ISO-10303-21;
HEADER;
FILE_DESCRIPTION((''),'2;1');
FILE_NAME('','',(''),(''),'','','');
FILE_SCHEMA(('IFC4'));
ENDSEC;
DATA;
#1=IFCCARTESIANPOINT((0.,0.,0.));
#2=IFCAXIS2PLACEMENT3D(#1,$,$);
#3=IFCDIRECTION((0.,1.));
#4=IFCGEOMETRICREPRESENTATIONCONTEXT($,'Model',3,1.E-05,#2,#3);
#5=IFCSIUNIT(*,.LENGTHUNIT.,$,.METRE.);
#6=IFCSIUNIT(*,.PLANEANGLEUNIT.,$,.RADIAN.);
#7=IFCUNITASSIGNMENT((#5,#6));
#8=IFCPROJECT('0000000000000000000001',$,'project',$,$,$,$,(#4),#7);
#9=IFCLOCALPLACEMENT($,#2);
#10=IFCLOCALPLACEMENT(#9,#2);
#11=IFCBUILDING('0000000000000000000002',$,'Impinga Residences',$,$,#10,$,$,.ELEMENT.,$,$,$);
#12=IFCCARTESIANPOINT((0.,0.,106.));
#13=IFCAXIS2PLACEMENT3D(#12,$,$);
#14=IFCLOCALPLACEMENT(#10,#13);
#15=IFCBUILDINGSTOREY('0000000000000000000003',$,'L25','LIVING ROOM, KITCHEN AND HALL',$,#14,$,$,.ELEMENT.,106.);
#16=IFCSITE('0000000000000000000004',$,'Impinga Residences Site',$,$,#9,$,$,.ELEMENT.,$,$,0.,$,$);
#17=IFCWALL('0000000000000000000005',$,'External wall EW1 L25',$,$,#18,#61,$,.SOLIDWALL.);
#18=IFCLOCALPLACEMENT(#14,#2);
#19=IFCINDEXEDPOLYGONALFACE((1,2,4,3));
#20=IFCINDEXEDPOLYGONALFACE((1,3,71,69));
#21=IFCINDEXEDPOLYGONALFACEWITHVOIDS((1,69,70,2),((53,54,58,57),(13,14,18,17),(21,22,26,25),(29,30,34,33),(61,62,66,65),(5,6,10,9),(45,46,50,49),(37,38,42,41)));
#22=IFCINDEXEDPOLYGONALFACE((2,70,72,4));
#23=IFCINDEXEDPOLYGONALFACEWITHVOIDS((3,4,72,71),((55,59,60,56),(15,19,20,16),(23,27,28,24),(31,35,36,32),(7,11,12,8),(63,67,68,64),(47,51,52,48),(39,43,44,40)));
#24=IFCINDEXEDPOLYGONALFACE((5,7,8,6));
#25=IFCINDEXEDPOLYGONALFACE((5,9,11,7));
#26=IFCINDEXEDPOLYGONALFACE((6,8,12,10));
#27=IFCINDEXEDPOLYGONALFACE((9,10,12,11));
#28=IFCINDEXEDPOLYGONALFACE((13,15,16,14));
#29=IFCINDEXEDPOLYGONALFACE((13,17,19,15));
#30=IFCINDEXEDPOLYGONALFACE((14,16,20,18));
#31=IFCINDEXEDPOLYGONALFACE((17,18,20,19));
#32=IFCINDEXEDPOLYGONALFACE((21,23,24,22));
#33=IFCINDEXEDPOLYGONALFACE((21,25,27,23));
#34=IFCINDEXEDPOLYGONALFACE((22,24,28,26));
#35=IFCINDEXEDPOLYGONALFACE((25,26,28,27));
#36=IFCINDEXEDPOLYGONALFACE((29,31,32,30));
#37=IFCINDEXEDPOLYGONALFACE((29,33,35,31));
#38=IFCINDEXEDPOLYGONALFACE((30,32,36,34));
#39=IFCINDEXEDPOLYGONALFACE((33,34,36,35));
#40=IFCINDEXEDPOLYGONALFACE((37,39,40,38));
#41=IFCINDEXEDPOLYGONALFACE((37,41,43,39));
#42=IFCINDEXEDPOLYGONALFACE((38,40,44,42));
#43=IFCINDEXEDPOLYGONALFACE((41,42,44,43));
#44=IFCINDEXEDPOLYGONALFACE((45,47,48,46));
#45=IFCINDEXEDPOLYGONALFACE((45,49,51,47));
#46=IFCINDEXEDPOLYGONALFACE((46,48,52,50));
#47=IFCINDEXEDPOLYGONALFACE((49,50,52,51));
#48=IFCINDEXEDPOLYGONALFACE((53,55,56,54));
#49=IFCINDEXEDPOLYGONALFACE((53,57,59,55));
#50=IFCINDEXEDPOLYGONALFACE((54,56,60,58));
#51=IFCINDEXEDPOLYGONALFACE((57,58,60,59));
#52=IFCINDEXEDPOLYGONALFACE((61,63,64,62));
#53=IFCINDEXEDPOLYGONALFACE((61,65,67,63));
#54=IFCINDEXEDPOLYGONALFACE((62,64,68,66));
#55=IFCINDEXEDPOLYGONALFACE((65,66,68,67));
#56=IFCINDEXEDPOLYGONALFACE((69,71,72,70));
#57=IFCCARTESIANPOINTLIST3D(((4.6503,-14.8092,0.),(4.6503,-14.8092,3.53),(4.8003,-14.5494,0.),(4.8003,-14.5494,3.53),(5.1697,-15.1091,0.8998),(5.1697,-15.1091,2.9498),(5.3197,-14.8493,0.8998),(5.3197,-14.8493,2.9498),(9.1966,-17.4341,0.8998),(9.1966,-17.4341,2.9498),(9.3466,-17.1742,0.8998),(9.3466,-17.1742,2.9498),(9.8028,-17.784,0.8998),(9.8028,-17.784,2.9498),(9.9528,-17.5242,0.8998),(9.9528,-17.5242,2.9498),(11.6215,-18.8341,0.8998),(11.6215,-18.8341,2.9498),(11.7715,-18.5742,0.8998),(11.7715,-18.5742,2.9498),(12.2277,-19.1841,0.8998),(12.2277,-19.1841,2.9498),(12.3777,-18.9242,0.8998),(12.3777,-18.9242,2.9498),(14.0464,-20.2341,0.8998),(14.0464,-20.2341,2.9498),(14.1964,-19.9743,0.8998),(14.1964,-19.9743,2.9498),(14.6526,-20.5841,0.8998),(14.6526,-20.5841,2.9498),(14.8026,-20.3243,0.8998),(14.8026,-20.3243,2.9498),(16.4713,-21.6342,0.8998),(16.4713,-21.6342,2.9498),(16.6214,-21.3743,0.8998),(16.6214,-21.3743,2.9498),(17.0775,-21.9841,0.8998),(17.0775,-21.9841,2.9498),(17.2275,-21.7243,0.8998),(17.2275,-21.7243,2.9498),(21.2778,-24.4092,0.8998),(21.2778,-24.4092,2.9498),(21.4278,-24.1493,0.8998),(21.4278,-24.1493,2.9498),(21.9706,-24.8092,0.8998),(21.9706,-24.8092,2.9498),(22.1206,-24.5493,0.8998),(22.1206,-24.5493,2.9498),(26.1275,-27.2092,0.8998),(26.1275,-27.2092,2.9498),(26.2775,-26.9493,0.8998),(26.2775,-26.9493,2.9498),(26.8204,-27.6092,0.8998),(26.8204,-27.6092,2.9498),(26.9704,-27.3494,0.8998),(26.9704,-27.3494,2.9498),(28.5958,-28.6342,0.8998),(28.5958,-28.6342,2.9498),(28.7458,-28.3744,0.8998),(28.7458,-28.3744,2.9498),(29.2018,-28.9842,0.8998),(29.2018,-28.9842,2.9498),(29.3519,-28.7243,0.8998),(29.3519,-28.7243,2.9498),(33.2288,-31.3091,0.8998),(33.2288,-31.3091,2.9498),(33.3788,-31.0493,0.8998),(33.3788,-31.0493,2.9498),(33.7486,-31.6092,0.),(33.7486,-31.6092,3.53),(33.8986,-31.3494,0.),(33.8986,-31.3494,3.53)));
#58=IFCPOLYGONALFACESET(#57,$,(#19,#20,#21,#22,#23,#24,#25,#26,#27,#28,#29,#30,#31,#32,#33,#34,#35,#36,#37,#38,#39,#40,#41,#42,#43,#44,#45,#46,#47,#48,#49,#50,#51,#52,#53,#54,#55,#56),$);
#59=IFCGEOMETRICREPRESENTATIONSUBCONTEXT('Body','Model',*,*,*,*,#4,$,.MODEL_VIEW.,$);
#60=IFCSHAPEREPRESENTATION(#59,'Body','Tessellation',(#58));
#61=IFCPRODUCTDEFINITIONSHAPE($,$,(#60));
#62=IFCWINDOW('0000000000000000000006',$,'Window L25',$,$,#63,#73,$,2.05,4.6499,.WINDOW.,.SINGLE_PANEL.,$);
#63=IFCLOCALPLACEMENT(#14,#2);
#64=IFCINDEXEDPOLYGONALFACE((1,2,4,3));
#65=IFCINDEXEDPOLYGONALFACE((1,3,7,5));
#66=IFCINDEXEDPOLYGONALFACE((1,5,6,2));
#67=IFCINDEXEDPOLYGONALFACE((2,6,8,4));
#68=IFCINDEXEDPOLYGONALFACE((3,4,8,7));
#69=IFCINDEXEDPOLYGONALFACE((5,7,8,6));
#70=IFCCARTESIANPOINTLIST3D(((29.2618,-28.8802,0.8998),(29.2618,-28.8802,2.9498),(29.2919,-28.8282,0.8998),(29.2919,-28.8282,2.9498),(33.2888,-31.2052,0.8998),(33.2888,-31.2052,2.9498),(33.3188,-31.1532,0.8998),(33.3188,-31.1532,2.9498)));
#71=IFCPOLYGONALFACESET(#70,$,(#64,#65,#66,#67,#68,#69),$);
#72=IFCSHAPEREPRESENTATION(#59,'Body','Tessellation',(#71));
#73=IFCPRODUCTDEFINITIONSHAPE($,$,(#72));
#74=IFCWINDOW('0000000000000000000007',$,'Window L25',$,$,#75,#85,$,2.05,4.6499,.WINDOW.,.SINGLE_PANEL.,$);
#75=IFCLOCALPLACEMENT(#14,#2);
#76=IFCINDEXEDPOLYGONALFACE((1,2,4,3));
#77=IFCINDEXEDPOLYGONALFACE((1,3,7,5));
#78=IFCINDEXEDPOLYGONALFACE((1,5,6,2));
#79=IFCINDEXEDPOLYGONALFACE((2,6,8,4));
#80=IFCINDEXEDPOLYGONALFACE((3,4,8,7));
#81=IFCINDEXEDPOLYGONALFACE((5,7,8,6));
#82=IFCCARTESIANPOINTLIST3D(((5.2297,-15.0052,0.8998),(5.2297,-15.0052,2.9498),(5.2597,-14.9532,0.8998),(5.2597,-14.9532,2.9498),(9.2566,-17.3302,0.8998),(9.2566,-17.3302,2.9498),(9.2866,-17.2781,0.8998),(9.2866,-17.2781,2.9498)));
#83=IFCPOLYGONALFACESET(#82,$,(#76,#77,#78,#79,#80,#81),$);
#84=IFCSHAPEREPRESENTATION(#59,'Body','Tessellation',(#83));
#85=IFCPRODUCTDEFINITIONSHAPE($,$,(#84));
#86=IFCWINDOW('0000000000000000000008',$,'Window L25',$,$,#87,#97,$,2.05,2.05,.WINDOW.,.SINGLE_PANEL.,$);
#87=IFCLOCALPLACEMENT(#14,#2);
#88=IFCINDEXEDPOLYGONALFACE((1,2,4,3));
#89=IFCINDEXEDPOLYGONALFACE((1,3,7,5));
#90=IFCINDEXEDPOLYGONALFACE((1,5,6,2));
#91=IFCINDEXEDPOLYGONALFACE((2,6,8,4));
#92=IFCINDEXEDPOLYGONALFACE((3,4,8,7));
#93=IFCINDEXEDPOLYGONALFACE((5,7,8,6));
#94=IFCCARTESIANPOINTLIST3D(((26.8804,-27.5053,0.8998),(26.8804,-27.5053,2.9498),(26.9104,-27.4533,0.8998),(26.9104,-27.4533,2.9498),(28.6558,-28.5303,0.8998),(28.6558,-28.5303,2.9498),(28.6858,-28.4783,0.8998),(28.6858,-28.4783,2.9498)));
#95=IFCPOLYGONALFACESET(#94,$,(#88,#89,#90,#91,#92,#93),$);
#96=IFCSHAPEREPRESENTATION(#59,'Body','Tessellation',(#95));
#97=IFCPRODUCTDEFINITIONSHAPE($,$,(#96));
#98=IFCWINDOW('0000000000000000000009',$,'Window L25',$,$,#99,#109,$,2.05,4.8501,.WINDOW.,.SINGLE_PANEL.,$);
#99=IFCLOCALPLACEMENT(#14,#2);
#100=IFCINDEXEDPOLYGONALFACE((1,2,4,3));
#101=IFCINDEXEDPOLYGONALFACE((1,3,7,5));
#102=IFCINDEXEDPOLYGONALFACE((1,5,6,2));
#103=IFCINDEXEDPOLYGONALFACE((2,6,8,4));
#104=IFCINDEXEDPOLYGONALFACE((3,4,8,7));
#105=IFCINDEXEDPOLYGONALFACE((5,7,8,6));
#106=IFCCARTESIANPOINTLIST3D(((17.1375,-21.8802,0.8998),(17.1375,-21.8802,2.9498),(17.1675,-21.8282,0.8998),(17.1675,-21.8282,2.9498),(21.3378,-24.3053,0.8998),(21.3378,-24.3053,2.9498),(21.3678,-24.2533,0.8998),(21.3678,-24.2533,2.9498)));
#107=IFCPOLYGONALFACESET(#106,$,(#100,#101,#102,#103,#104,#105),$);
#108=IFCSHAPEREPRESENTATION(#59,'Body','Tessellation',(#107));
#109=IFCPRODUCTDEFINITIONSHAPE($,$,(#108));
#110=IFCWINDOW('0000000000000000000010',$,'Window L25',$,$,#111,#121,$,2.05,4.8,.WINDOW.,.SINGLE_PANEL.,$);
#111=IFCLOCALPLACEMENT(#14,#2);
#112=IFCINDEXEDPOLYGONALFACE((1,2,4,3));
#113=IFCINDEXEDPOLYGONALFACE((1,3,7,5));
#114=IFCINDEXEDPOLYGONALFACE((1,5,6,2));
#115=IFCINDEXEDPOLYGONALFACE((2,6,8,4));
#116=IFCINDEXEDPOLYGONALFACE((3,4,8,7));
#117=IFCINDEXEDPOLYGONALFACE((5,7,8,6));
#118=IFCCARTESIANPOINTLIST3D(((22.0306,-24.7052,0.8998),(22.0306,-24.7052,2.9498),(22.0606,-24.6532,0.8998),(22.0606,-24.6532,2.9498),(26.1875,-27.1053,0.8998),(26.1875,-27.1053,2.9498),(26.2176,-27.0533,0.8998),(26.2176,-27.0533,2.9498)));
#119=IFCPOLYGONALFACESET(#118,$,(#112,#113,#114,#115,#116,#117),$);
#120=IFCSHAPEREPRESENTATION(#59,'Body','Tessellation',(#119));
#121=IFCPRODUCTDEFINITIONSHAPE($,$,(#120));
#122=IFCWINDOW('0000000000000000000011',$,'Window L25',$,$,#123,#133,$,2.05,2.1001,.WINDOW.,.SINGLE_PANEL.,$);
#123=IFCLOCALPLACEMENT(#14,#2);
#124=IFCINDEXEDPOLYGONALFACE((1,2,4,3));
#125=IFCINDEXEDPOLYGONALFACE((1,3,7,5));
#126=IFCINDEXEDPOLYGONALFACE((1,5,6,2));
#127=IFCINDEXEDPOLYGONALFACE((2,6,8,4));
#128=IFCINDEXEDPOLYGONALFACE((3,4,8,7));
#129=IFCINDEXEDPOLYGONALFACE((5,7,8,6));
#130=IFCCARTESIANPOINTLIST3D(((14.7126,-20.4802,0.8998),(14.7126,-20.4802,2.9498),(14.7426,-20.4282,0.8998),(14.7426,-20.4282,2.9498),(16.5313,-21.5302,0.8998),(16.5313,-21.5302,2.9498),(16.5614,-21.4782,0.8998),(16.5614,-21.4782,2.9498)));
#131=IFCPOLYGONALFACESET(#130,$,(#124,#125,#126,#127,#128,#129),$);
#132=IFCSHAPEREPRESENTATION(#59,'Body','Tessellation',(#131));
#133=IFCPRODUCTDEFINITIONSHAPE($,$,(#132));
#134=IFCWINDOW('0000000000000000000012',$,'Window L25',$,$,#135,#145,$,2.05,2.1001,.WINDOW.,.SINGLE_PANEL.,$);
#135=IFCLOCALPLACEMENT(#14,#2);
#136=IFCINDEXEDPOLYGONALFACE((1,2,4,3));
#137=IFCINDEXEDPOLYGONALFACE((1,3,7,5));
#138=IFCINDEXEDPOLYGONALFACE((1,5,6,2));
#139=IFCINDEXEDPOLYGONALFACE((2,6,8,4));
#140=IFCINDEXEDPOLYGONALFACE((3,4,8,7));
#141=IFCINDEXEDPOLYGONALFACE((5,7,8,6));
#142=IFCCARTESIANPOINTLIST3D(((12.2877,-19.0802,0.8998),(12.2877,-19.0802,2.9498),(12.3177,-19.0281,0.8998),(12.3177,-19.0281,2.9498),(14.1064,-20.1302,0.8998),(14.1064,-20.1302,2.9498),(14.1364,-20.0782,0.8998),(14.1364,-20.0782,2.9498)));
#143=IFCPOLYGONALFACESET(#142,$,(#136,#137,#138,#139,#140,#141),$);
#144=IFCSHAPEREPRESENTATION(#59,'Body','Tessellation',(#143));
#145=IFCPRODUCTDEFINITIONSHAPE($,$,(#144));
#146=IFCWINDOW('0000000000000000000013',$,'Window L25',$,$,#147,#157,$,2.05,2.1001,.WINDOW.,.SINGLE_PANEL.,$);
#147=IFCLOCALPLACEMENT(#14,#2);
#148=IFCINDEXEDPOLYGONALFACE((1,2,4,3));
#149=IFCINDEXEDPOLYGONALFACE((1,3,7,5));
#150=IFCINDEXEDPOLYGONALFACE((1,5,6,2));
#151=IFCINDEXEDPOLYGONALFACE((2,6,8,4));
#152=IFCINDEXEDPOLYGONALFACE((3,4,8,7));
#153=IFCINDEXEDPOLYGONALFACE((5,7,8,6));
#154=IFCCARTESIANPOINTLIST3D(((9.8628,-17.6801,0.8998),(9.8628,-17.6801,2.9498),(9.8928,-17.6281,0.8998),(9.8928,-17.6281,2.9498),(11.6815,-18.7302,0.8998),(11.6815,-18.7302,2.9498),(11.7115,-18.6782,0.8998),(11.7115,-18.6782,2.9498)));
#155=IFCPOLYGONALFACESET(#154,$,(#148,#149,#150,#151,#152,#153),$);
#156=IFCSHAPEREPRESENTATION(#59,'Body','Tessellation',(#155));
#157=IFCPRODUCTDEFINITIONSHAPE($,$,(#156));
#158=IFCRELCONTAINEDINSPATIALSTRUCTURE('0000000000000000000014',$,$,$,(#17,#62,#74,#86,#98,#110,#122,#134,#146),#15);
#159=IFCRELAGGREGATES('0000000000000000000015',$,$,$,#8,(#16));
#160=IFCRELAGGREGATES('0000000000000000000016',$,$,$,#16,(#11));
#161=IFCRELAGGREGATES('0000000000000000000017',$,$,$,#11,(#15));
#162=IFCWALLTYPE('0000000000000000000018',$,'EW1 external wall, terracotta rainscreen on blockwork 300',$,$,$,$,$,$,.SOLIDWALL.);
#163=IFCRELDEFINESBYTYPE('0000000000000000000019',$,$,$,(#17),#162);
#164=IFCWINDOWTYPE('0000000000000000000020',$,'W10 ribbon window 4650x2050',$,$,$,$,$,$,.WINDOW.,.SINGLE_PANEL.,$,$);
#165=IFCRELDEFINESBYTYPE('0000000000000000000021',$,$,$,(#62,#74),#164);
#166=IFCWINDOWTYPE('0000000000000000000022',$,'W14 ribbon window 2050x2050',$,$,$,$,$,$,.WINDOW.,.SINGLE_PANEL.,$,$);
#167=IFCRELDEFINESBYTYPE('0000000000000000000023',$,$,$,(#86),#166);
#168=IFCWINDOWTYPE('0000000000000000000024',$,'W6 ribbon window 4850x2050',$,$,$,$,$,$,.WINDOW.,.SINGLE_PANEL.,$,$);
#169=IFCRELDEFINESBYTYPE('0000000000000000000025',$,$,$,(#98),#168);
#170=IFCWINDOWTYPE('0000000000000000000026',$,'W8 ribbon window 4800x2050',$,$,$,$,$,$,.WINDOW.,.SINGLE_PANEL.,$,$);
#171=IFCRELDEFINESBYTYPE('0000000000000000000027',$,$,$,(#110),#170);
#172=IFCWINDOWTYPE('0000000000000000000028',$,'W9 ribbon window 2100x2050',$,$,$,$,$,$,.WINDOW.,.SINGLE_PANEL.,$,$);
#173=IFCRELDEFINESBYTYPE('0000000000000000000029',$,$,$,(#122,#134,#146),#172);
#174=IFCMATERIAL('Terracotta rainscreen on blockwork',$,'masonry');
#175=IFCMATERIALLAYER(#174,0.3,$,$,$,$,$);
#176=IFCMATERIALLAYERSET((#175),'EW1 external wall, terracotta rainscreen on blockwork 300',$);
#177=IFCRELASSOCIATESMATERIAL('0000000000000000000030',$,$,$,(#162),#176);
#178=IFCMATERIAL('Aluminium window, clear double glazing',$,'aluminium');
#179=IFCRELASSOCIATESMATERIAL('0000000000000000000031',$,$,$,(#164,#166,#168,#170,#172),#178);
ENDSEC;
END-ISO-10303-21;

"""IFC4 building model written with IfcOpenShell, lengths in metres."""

from ifc_helpers import new_model, si_unit, direction, frame, frame_2d, origin, place, context, subcontext, project, spatial, rectangle, extrude, material, layer, layer_set, type_object, element, fill, save


model = new_model("IFC4")

# Units and contexts
model_context = context("Model", 3, precision=1e-05, world=origin(), true_north=direction((0.0, 1.0)))
body_context = subcontext(model_context, "Body", "Model", "MODEL_VIEW")
ifc_project = project(units=[si_unit("LENGTHUNIT", "METRE"), si_unit("PLANEANGLEUNIT", "RADIAN")], contexts=[model_context])

# Site, building, storey
site_placement = place(None, origin())
site = spatial("IfcSite", under=ifc_project, at=site_placement, Name="Impinga Residences Site", CompositionType="ELEMENT", RefElevation=0.0)
building_placement = place(site_placement, origin())
building = spatial("IfcBuilding", under=site, at=building_placement, Name="Impinga Residences", CompositionType="ELEMENT")
storey_placement = place(building_placement, frame((0.0, 0.0, 106.0)))
storey = spatial("IfcBuildingStorey", under=building, at=storey_placement, Name="L25", Description="LIVING ROOM, KITCHEN AND HALL", CompositionType="ELEMENT", Elevation=106.0)

# Wall, openings, windows
ifc_material_1 = material(Name="Terracotta rainscreen on blockwork", Category="masonry")
ifc_layer_1 = layer(ifc_material_1, 0.3)
ifc_layer_set_1 = layer_set([ifc_layer_1], Name="EW1 external wall, terracotta rainscreen on blockwork 300")
wall_type_1 = type_object("IfcWallType", Name="EW1 external wall, terracotta rainscreen on blockwork 300", PredefinedType="SOLIDWALL", material=ifc_layer_set_1)
wall_1_placement = place(storey_placement, frame((33.8235, -31.4792, 0.0), z_axis=(0.0, 0.0, 1.0), x_axis=(-0.866024, 0.500002, 0.0)))
wall_1 = element("IfcWall", 1, at=wall_1_placement, inside=storey, type_object=wall_type_1, Name="External wall EW1 L25", PredefinedType="SOLIDWALL", context=body_context, shape_type="SweptSolid", body=[
    extrude(rectangle(XDim=33.5999, YDim=0.3, at=frame_2d((16.7998, 0.0))), origin(), (0.0, 0.0, 1.0), 3.53),
])
opening_1_placement = place(wall_1_placement, frame((0.6001, 0.0, 0.8999)))
opening_1 = element("IfcOpeningElement", 2, at=opening_1_placement, cuts=wall_1, PredefinedType="OPENING", context=body_context, shape_type="SweptSolid", body=[
    extrude(rectangle(XDim=4.6499, YDim=2.05, at=frame_2d((2.325, 1.0249))), frame((0.0, 0.1599, 0.0), z_axis=(0.0, -1.0, 0.0), x_axis=(1.0, 0.0, 0.0)), (0.0, 0.0, 1.0), 0.3201),
])
opening_2_placement = place(wall_1_placement, frame((5.95, 0.0, 0.8999)))
opening_2 = element("IfcOpeningElement", 3, at=opening_2_placement, cuts=wall_1, PredefinedType="OPENING", context=body_context, shape_type="SweptSolid", body=[
    extrude(rectangle(XDim=2.05, YDim=2.05, at=frame_2d((1.0249, 1.0249))), frame((0.0, 0.1599, 0.0), z_axis=(0.0, -1.0, 0.0), x_axis=(1.0, 0.0, 0.0)), (0.0, 0.0, 1.0), 0.3201),
])
opening_3_placement = place(wall_1_placement, frame((8.8, 0.0, 0.8999)))
opening_3 = element("IfcOpeningElement", 4, at=opening_3_placement, cuts=wall_1, PredefinedType="OPENING", context=body_context, shape_type="SweptSolid", body=[
    extrude(rectangle(XDim=4.8, YDim=2.05, at=frame_2d((2.3999, 1.0249))), frame((0.0, 0.1599, 0.0), z_axis=(0.0, -1.0, 0.0), x_axis=(1.0, 0.0, 0.0)), (0.0, 0.0, 1.0), 0.3201),
])
opening_4_placement = place(wall_1_placement, frame((14.3999, 0.0, 0.8999)))
opening_4 = element("IfcOpeningElement", 5, at=opening_4_placement, cuts=wall_1, PredefinedType="OPENING", context=body_context, shape_type="SweptSolid", body=[
    extrude(rectangle(XDim=4.8501, YDim=2.05, at=frame_2d((2.425, 1.0249))), frame((0.0, 0.1599, 0.0), z_axis=(0.0, -1.0, 0.0), x_axis=(1.0, 0.0, 0.0)), (0.0, 0.0, 1.0), 0.3201),
])
opening_5_placement = place(wall_1_placement, frame((19.95, 0.0, 0.8999)))
opening_5 = element("IfcOpeningElement", 6, at=opening_5_placement, cuts=wall_1, PredefinedType="OPENING", context=body_context, shape_type="SweptSolid", body=[
    extrude(rectangle(XDim=2.1001, YDim=2.05, at=frame_2d((1.05, 1.0249))), frame((0.0, 0.1599, 0.0), z_axis=(0.0, -1.0, 0.0), x_axis=(1.0, 0.0, 0.0)), (0.0, 0.0, 1.0), 0.3201),
])
opening_6_placement = place(wall_1_placement, frame((22.75, 0.0, 0.8999)))
opening_6 = element("IfcOpeningElement", 7, at=opening_6_placement, cuts=wall_1, PredefinedType="OPENING", context=body_context, shape_type="SweptSolid", body=[
    extrude(rectangle(XDim=2.1001, YDim=2.05, at=frame_2d((1.05, 1.0249))), frame((0.0, 0.1599, 0.0), z_axis=(0.0, -1.0, 0.0), x_axis=(1.0, 0.0, 0.0)), (0.0, 0.0, 1.0), 0.3201),
])
opening_7_placement = place(wall_1_placement, frame((25.55, 0.0, 0.8999)))
opening_7 = element("IfcOpeningElement", 8, at=opening_7_placement, cuts=wall_1, PredefinedType="OPENING", context=body_context, shape_type="SweptSolid", body=[
    extrude(rectangle(XDim=2.1001, YDim=2.05, at=frame_2d((1.05, 1.0249))), frame((0.0, 0.1599, 0.0), z_axis=(0.0, -1.0, 0.0), x_axis=(1.0, 0.0, 0.0)), (0.0, 0.0, 1.0), 0.3201),
])
opening_8_placement = place(wall_1_placement, frame((28.3501, 0.0, 0.8999)))
opening_8 = element("IfcOpeningElement", 9, at=opening_8_placement, cuts=wall_1, PredefinedType="OPENING", context=body_context, shape_type="SweptSolid", body=[
    extrude(rectangle(XDim=4.6499, YDim=2.05, at=frame_2d((2.325, 1.0249))), frame((0.0, 0.1599, 0.0), z_axis=(0.0, -1.0, 0.0), x_axis=(1.0, 0.0, 0.0)), (0.0, 0.0, 1.0), 0.3201),
])
ifc_material_2 = material(Name="Aluminium window, clear double glazing", Category="aluminium")
window_type_1 = type_object("IfcWindowType", Name="W10 ribbon window 4650x2050", PartitioningType="SINGLE_PANEL", PredefinedType="WINDOW", material=ifc_material_2)
window_1_placement = place(opening_1_placement, origin())
window_1 = element("IfcWindow", 10, at=window_1_placement, inside=storey, type_object=window_type_1, Name="Window L25", OverallHeight=2.05, OverallWidth=4.6499, PartitioningType="SINGLE_PANEL", PredefinedType="WINDOW", context=body_context, shape_type="SweptSolid", body=[
    extrude(rectangle(XDim=4.6499, YDim=2.05, at=frame_2d((2.325, 1.0249))), frame((0.0, 0.03, 0.0), z_axis=(0.0, -1.0, 0.0), x_axis=(1.0, 0.0, 0.0)), (0.0, 0.0, 1.0), 0.0601),
])
fill(opening_1, window_1)
window_2_placement = place(opening_8_placement, origin())
window_2 = element("IfcWindow", 11, at=window_2_placement, inside=storey, type_object=window_type_1, Name="Window L25", OverallHeight=2.05, OverallWidth=4.6499, PartitioningType="SINGLE_PANEL", PredefinedType="WINDOW", context=body_context, shape_type="SweptSolid", body=[
    extrude(rectangle(XDim=4.6499, YDim=2.05, at=frame_2d((2.325, 1.0249))), frame((0.0, 0.03, 0.0), z_axis=(0.0, -1.0, 0.0), x_axis=(1.0, 0.0, 0.0)), (0.0, 0.0, 1.0), 0.0601),
])
fill(opening_8, window_2)
window_type_2 = type_object("IfcWindowType", Name="W14 ribbon window 2050x2050", PartitioningType="SINGLE_PANEL", PredefinedType="WINDOW", material=ifc_material_2)
window_3_placement = place(opening_2_placement, origin())
window_3 = element("IfcWindow", 12, at=window_3_placement, inside=storey, type_object=window_type_2, Name="Window L25", OverallHeight=2.05, OverallWidth=2.05, PartitioningType="SINGLE_PANEL", PredefinedType="WINDOW", context=body_context, shape_type="SweptSolid", body=[
    extrude(rectangle(XDim=2.05, YDim=2.05, at=frame_2d((1.0249, 1.0249))), frame((0.0, 0.03, 0.0), z_axis=(0.0, -1.0, 0.0), x_axis=(1.0, 0.0, 0.0)), (0.0, 0.0, 1.0), 0.0601),
])
fill(opening_2, window_3)
window_type_3 = type_object("IfcWindowType", Name="W6 ribbon window 4850x2050", PartitioningType="SINGLE_PANEL", PredefinedType="WINDOW", material=ifc_material_2)
window_4_placement = place(opening_4_placement, origin())
window_4 = element("IfcWindow", 13, at=window_4_placement, inside=storey, type_object=window_type_3, Name="Window L25", OverallHeight=2.05, OverallWidth=4.8501, PartitioningType="SINGLE_PANEL", PredefinedType="WINDOW", context=body_context, shape_type="SweptSolid", body=[
    extrude(rectangle(XDim=4.8501, YDim=2.05, at=frame_2d((2.425, 1.0249))), frame((0.0, 0.03, 0.0), z_axis=(0.0, -1.0, 0.0), x_axis=(1.0, 0.0, 0.0)), (0.0, 0.0, 1.0), 0.0601),
])
fill(opening_4, window_4)
window_type_4 = type_object("IfcWindowType", Name="W8 ribbon window 4800x2050", PartitioningType="SINGLE_PANEL", PredefinedType="WINDOW", material=ifc_material_2)
window_5_placement = place(opening_3_placement, origin())
window_5 = element("IfcWindow", 14, at=window_5_placement, inside=storey, type_object=window_type_4, Name="Window L25", OverallHeight=2.05, OverallWidth=4.8, PartitioningType="SINGLE_PANEL", PredefinedType="WINDOW", context=body_context, shape_type="SweptSolid", body=[
    extrude(rectangle(XDim=4.8, YDim=2.05, at=frame_2d((2.3999, 1.0249))), frame((0.0, 0.03, 0.0), z_axis=(0.0, -1.0, 0.0), x_axis=(1.0, 0.0, 0.0)), (0.0, 0.0, 1.0), 0.0601),
])
fill(opening_3, window_5)
window_type_5 = type_object("IfcWindowType", Name="W9 ribbon window 2100x2050", PartitioningType="SINGLE_PANEL", PredefinedType="WINDOW", material=ifc_material_2)
window_6_placement = place(opening_5_placement, origin())
window_6 = element("IfcWindow", 15, at=window_6_placement, inside=storey, type_object=window_type_5, Name="Window L25", OverallHeight=2.05, OverallWidth=2.1001, PartitioningType="SINGLE_PANEL", PredefinedType="WINDOW", context=body_context, shape_type="SweptSolid", body=[
    extrude(rectangle(XDim=2.1001, YDim=2.05, at=frame_2d((1.05, 1.0249))), frame((0.0, 0.03, 0.0), z_axis=(0.0, -1.0, 0.0), x_axis=(1.0, 0.0, 0.0)), (0.0, 0.0, 1.0), 0.0601),
])
fill(opening_5, window_6)
window_7_placement = place(opening_6_placement, origin())
window_7 = element("IfcWindow", 16, at=window_7_placement, inside=storey, type_object=window_type_5, Name="Window L25", OverallHeight=2.05, OverallWidth=2.1001, PartitioningType="SINGLE_PANEL", PredefinedType="WINDOW", context=body_context, shape_type="SweptSolid", body=[
    extrude(rectangle(XDim=2.1001, YDim=2.05, at=frame_2d((1.05, 1.0249))), frame((0.0, 0.03, 0.0), z_axis=(0.0, -1.0, 0.0), x_axis=(1.0, 0.0, 0.0)), (0.0, 0.0, 1.0), 0.0601),
])
fill(opening_6, window_7)
window_8_placement = place(opening_7_placement, origin())
window_8 = element("IfcWindow", 17, at=window_8_placement, inside=storey, type_object=window_type_5, Name="Window L25", OverallHeight=2.05, OverallWidth=2.1001, PartitioningType="SINGLE_PANEL", PredefinedType="WINDOW", context=body_context, shape_type="SweptSolid", body=[
    extrude(rectangle(XDim=2.1001, YDim=2.05, at=frame_2d((1.05, 1.0249))), frame((0.0, 0.03, 0.0), z_axis=(0.0, -1.0, 0.0), x_axis=(1.0, 0.0, 0.0)), (0.0, 0.0, 1.0), 0.0601),
])
fill(opening_7, window_8)

save(model, "model.ifc")
